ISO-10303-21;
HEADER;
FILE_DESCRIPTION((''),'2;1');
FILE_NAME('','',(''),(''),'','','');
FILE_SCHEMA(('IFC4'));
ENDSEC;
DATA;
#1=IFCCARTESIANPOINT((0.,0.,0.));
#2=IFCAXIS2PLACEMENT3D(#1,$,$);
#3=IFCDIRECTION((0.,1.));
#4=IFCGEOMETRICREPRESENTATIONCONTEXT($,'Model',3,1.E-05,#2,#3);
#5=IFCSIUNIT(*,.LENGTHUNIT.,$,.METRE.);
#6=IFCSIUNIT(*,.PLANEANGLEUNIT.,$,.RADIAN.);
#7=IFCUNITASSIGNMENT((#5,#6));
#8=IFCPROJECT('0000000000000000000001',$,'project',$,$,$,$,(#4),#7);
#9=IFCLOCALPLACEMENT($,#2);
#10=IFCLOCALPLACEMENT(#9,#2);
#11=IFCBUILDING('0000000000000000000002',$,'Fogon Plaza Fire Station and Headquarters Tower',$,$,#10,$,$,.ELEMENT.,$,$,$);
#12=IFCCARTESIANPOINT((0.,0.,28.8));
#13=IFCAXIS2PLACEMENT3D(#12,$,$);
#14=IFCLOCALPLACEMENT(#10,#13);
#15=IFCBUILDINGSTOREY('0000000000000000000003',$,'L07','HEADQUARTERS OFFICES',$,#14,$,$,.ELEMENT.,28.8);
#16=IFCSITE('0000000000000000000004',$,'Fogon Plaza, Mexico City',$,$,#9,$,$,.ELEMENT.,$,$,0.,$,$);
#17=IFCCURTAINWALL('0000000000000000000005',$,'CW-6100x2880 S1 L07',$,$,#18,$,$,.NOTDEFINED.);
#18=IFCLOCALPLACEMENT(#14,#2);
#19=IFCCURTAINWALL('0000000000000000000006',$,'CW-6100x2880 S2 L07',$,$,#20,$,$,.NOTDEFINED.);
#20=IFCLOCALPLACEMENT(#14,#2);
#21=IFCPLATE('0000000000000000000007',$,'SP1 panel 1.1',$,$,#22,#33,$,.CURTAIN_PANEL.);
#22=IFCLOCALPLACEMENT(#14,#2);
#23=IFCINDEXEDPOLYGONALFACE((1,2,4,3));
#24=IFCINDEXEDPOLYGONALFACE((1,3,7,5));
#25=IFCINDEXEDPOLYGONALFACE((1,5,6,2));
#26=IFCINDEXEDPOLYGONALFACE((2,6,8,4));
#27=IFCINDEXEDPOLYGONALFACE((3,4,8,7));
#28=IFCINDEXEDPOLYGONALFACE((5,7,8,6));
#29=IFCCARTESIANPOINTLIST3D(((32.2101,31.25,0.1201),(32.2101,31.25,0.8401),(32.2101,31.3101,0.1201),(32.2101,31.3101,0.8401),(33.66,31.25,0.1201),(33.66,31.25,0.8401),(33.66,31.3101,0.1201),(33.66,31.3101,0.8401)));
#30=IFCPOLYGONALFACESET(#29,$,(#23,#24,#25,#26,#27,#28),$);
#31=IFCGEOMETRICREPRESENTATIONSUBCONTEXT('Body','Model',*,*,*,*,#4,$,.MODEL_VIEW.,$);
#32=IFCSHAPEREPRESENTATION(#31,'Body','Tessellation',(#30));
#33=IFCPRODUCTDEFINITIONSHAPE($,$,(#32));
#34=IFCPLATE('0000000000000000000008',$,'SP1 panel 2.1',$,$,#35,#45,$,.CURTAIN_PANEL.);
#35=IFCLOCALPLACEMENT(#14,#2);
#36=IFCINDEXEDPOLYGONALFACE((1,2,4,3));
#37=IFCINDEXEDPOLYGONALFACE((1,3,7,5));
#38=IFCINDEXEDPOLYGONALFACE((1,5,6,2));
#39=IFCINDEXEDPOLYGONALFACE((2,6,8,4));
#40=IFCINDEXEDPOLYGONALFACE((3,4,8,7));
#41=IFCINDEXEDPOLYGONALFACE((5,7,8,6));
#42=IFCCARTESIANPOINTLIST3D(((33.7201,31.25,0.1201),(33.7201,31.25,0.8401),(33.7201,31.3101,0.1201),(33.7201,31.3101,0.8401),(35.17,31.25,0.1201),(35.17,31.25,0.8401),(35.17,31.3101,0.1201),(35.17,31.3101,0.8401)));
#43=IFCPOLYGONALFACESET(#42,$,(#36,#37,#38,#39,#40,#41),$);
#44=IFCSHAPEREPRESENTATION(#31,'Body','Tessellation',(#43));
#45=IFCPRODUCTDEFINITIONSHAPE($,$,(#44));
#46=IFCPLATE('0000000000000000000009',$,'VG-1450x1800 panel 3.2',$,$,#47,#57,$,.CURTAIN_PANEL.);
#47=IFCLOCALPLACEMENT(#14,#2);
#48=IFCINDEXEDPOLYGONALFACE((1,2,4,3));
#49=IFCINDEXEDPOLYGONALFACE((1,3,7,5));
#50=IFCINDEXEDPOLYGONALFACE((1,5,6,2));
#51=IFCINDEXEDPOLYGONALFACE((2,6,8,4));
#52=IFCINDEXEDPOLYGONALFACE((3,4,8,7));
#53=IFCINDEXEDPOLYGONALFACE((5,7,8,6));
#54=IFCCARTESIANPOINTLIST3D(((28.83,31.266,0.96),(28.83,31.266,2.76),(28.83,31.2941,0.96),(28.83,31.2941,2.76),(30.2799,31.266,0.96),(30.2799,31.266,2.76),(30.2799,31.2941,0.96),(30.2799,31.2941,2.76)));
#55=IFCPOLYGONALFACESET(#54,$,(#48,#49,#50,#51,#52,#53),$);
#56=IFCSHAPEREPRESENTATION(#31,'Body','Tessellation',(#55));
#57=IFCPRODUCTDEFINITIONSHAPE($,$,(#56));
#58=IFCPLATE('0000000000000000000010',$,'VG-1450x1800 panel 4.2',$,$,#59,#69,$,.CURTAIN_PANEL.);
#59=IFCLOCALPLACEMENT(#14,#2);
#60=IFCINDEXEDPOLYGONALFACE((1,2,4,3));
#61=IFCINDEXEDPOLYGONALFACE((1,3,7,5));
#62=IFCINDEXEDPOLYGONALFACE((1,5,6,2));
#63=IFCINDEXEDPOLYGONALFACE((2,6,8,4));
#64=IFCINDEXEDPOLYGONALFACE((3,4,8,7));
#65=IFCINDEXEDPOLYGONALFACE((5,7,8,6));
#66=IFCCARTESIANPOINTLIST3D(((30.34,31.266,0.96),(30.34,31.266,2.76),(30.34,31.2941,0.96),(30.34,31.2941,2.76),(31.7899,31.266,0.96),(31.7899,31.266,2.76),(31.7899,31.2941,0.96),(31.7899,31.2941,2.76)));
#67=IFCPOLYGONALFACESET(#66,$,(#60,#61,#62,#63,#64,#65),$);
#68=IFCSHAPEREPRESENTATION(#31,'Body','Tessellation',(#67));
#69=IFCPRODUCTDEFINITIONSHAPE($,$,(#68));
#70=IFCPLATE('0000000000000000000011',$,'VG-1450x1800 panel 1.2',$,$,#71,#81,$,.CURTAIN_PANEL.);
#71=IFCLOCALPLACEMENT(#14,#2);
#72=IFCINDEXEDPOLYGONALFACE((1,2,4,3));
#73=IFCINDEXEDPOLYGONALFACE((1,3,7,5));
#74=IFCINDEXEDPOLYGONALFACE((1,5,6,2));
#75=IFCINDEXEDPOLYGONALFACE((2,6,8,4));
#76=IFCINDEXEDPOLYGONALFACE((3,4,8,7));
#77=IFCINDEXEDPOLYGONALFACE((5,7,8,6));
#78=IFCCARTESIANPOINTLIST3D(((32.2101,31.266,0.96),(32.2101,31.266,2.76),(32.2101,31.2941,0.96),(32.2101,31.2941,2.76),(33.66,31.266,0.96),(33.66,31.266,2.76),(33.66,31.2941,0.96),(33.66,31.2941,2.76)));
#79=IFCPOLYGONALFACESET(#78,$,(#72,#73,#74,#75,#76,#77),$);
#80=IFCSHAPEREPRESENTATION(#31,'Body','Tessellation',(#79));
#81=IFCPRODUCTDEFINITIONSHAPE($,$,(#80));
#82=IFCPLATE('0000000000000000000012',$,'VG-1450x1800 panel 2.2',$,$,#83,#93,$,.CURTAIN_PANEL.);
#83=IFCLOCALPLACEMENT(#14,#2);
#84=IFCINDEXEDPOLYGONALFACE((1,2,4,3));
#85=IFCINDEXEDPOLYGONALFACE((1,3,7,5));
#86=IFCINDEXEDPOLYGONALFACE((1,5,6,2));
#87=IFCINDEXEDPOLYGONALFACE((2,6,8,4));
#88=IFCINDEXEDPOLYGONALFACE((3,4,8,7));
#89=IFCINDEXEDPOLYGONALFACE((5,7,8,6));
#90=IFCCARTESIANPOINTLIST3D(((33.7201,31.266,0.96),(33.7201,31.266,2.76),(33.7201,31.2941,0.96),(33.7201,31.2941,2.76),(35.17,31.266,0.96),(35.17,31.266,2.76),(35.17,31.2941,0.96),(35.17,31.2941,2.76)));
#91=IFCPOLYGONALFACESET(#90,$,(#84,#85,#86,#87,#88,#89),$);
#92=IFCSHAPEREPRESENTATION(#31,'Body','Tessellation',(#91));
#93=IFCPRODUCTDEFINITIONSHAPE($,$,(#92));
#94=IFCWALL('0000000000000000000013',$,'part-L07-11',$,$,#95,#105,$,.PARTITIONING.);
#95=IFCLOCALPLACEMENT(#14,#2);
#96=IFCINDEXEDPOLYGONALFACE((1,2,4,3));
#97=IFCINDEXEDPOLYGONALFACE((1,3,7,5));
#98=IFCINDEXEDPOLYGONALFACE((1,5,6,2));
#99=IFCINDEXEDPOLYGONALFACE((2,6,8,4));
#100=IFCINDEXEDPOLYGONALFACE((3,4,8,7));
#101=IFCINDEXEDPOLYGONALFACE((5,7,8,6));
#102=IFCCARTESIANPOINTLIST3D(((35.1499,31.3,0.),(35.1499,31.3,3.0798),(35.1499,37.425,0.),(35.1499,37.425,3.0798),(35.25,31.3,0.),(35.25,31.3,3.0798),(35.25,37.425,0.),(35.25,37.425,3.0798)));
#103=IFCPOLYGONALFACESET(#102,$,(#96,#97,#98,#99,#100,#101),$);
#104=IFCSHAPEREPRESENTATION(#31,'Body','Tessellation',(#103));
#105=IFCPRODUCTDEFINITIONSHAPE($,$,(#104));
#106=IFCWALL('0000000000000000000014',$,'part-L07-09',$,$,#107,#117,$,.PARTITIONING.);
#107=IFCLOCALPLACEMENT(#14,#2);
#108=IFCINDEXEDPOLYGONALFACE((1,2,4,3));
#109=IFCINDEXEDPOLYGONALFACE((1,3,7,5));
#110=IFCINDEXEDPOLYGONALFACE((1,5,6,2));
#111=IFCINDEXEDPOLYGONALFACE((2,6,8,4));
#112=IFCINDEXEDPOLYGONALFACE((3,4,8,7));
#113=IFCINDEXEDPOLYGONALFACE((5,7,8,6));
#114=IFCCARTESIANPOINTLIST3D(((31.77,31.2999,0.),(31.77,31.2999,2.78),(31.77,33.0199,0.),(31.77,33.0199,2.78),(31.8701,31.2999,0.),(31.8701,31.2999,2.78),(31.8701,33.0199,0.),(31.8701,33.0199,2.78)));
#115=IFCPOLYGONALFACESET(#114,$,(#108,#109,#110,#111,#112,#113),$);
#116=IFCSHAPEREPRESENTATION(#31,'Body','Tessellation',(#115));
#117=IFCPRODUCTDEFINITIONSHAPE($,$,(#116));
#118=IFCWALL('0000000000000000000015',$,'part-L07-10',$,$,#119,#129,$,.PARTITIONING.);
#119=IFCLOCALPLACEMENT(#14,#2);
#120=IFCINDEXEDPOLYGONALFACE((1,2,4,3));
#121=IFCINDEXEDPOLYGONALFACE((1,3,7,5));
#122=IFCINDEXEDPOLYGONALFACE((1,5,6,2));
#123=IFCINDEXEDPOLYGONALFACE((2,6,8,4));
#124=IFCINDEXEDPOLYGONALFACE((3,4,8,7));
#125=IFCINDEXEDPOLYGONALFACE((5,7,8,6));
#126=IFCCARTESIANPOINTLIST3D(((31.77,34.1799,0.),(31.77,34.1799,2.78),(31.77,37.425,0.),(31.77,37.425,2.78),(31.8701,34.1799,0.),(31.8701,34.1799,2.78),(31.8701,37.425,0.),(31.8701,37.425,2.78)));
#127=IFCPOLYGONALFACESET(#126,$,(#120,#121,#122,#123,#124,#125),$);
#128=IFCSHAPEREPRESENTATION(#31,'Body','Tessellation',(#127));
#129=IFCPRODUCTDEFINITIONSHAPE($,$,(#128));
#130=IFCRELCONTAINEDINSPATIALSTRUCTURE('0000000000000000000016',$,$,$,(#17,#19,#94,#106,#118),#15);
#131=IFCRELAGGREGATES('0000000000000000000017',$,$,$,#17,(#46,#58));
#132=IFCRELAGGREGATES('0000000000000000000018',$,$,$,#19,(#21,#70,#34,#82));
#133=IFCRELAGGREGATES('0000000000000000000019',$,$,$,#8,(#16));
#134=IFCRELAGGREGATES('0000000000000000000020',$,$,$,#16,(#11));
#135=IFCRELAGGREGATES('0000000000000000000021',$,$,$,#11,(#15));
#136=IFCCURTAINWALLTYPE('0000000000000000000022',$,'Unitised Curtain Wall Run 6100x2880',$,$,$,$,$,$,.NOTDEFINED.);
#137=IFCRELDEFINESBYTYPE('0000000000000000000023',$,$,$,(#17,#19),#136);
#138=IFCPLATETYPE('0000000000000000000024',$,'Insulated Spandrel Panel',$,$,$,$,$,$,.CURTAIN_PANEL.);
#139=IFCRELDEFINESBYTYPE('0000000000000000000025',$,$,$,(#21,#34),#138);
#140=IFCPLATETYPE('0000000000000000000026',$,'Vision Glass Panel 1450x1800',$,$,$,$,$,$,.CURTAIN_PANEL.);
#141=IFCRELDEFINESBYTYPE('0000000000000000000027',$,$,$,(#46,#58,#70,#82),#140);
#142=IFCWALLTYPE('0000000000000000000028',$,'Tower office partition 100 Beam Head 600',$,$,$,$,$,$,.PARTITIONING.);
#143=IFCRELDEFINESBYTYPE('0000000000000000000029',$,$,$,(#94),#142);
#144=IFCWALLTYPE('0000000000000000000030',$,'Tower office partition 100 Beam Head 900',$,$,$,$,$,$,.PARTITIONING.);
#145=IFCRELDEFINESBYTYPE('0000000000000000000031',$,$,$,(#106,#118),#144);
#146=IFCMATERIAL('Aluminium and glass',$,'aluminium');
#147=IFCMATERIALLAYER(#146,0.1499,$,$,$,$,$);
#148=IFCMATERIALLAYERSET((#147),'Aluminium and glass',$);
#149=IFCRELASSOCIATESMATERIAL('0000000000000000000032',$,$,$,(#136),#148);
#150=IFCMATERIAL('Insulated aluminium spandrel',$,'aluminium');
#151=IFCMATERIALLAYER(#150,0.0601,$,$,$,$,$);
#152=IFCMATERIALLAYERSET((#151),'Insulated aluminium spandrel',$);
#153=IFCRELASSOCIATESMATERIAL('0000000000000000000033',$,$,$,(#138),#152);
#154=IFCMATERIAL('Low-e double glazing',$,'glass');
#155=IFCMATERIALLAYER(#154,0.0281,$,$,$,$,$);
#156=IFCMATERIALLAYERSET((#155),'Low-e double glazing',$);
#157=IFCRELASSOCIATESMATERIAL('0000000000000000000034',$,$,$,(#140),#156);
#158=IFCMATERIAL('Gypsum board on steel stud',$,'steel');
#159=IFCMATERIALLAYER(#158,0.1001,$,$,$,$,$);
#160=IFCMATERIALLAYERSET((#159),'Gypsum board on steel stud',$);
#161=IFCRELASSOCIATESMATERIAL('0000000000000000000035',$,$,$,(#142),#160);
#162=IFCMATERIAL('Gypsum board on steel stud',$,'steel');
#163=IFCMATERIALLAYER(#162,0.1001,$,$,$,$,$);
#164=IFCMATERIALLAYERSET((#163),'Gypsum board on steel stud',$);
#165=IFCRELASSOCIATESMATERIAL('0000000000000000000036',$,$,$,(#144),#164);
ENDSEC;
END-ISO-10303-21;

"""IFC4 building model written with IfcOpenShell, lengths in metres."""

from ifc_helpers import new_model, si_unit, direction, frame, frame_2d, origin, origin_2d, place, context, subcontext, project, spatial, rectangle, extrude, material, layer, layer_set, type_object, element, aggregate, save


model = new_model("IFC4")

# Units and contexts
model_context = context("Model", 3, precision=1e-05, world=origin(), true_north=direction((0.0, 1.0)))
body_context = subcontext(model_context, "Body", "Model", "MODEL_VIEW")
ifc_project = project(units=[si_unit("LENGTHUNIT", "METRE"), si_unit("PLANEANGLEUNIT", "RADIAN")], contexts=[model_context])

# Site, building, storey
site_placement = place(None, origin())
site = spatial("IfcSite", under=ifc_project, at=site_placement, Name="Fogon Plaza, Mexico City", CompositionType="ELEMENT", RefElevation=0.0)
building_placement = place(site_placement, origin())
building = spatial("IfcBuilding", under=site, at=building_placement, Name="Fogon Plaza Fire Station and Headquarters Tower", CompositionType="ELEMENT")
storey_placement = place(building_placement, frame((0.0, 0.0, 28.8)))
storey = spatial("IfcBuildingStorey", under=building, at=storey_placement, Name="L07", Description="HEADQUARTERS OFFICES", CompositionType="ELEMENT", Elevation=28.8)

# Curtain walls
ifc_material_1 = material(Name="Aluminium and glass", Category="aluminium")
ifc_layer_1 = layer(ifc_material_1, 0.1499)
ifc_layer_set_1 = layer_set([ifc_layer_1], Name="Aluminium and glass")
curtain_wall_type = type_object("IfcCurtainWallType", Name="Unitised Curtain Wall Run 6100x2880", PredefinedType="NOTDEFINED", material=ifc_layer_set_1)
curtain_wall_1_placement = place(storey_placement, origin())
curtain_wall_1 = element("IfcCurtainWall", 1, at=curtain_wall_1_placement, inside=storey, type_object=curtain_wall_type, Name="CW-6100x2880 S1 L07", PredefinedType="NOTDEFINED")
curtain_wall_2_placement = place(storey_placement, origin())
curtain_wall_2 = element("IfcCurtainWall", 2, at=curtain_wall_2_placement, inside=storey, type_object=curtain_wall_type, Name="CW-6100x2880 S2 L07", PredefinedType="NOTDEFINED")

# Plates
ifc_material_2 = material(Name="Insulated aluminium spandrel", Category="aluminium")
ifc_layer_2 = layer(ifc_material_2, 0.0601)
ifc_layer_set_2 = layer_set([ifc_layer_2], Name="Insulated aluminium spandrel")
plate_type_1 = type_object("IfcPlateType", Name="Insulated Spandrel Panel", PredefinedType="CURTAIN_PANEL", material=ifc_layer_set_2)
plate_1_placement = place(storey_placement, frame((32.9351, 31.28, 0.1201), z_axis=(0.0, 0.0, 1.0), x_axis=(1.0, 0.0, 0.0)))
plate_1 = element("IfcPlate", 3, at=plate_1_placement, type_object=plate_type_1, Name="SP1 panel 1.1", PredefinedType="CURTAIN_PANEL", context=body_context, shape_type="SweptSolid", body=[
    extrude(rectangle(XDim=1.45, YDim=0.0601, at=origin_2d()), origin(), (0.0, 0.0, 1.0), 0.72),
])
plate_2_placement = place(storey_placement, frame((34.4451, 31.28, 0.1201), z_axis=(0.0, 0.0, 1.0), x_axis=(1.0, 0.0, 0.0)))
plate_2 = element("IfcPlate", 4, at=plate_2_placement, type_object=plate_type_1, Name="SP1 panel 2.1", PredefinedType="CURTAIN_PANEL", context=body_context, shape_type="SweptSolid", body=[
    extrude(rectangle(XDim=1.45, YDim=0.0601, at=origin_2d()), origin(), (0.0, 0.0, 1.0), 0.72),
])
ifc_material_3 = material(Name="Low-e double glazing", Category="glass")
ifc_layer_3 = layer(ifc_material_3, 0.0281)
ifc_layer_set_3 = layer_set([ifc_layer_3], Name="Low-e double glazing")
plate_type_2 = type_object("IfcPlateType", Name="Vision Glass Panel 1450x1800", PredefinedType="CURTAIN_PANEL", material=ifc_layer_set_3)
plate_3_placement = place(storey_placement, frame((29.5549, 31.28, 0.96), z_axis=(0.0, 0.0, 1.0), x_axis=(1.0, 0.0, 0.0)))
plate_3 = element("IfcPlate", 5, at=plate_3_placement, type_object=plate_type_2, Name="VG-1450x1800 panel 3.2", PredefinedType="CURTAIN_PANEL", context=body_context, shape_type="SweptSolid", body=[
    extrude(rectangle(XDim=1.45, YDim=0.0281, at=origin_2d()), origin(), (0.0, 0.0, 1.0), 1.8),
])
plate_4_placement = place(storey_placement, frame((31.0649, 31.28, 0.96), z_axis=(0.0, 0.0, 1.0), x_axis=(1.0, 0.0, 0.0)))
plate_4 = element("IfcPlate", 6, at=plate_4_placement, type_object=plate_type_2, Name="VG-1450x1800 panel 4.2", PredefinedType="CURTAIN_PANEL", context=body_context, shape_type="SweptSolid", body=[
    extrude(rectangle(XDim=1.45, YDim=0.0281, at=origin_2d()), origin(), (0.0, 0.0, 1.0), 1.8),
])
aggregate(curtain_wall_1, [plate_3, plate_4])
plate_5_placement = place(storey_placement, frame((32.9351, 31.28, 0.96), z_axis=(0.0, 0.0, 1.0), x_axis=(1.0, 0.0, 0.0)))
plate_5 = element("IfcPlate", 7, at=plate_5_placement, type_object=plate_type_2, Name="VG-1450x1800 panel 1.2", PredefinedType="CURTAIN_PANEL", context=body_context, shape_type="SweptSolid", body=[
    extrude(rectangle(XDim=1.45, YDim=0.0281, at=origin_2d()), origin(), (0.0, 0.0, 1.0), 1.8),
])
plate_6_placement = place(storey_placement, frame((34.4451, 31.28, 0.96), z_axis=(0.0, 0.0, 1.0), x_axis=(1.0, 0.0, 0.0)))
plate_6 = element("IfcPlate", 8, at=plate_6_placement, type_object=plate_type_2, Name="VG-1450x1800 panel 2.2", PredefinedType="CURTAIN_PANEL", context=body_context, shape_type="SweptSolid", body=[
    extrude(rectangle(XDim=1.45, YDim=0.0281, at=origin_2d()), origin(), (0.0, 0.0, 1.0), 1.8),
])
aggregate(curtain_wall_2, [plate_1, plate_5, plate_2, plate_6])

# Walls
ifc_material_4 = material(Name="Gypsum board on steel stud", Category="steel")
ifc_layer_4 = layer(ifc_material_4, 0.1001)
ifc_layer_set_4 = layer_set([ifc_layer_4], Name="Gypsum board on steel stud")
wall_type_1 = type_object("IfcWallType", Name="Tower office partition 100 Beam Head 600", PredefinedType="PARTITIONING", material=ifc_layer_set_4)
wall_1_placement = place(storey_placement, frame((35.2, 31.3, 0.0), z_axis=(0.0, 0.0, 1.0), x_axis=(0.0, 1.0, 0.0)))
element("IfcWall", 9, at=wall_1_placement, inside=storey, type_object=wall_type_1, Name="part-L07-11", PredefinedType="PARTITIONING", context=body_context, shape_type="SweptSolid", body=[
    extrude(rectangle(XDim=6.125, YDim=0.1001, at=frame_2d((3.0625, 0.0))), origin(), (0.0, 0.0, 1.0), 3.0798),
])
ifc_material_5 = material(Name="Gypsum board on steel stud", Category="steel")
ifc_layer_5 = layer(ifc_material_5, 0.1001)
ifc_layer_set_5 = layer_set([ifc_layer_5], Name="Gypsum board on steel stud")
wall_type_2 = type_object("IfcWallType", Name="Tower office partition 100 Beam Head 900", PredefinedType="PARTITIONING", material=ifc_layer_set_5)
wall_2_placement = place(storey_placement, frame((31.8201, 31.3, 0.0), z_axis=(0.0, 0.0, 1.0), x_axis=(0.0, 1.0, 0.0)))
element("IfcWall", 10, at=wall_2_placement, inside=storey, type_object=wall_type_2, Name="part-L07-09", PredefinedType="PARTITIONING", context=body_context, shape_type="SweptSolid", body=[
    extrude(rectangle(XDim=1.72, YDim=0.1001, at=frame_2d((0.8599, 0.0))), origin(), (0.0, 0.0, 1.0), 2.78),
])
wall_3_placement = place(storey_placement, frame((31.8201, 34.1799, 0.0), z_axis=(0.0, 0.0, 1.0), x_axis=(0.0, 1.0, 0.0)))
element("IfcWall", 11, at=wall_3_placement, inside=storey, type_object=wall_type_2, Name="part-L07-10", PredefinedType="PARTITIONING", context=body_context, shape_type="SweptSolid", body=[
    extrude(rectangle(XDim=3.2451, YDim=0.1001, at=frame_2d((1.6226, 0.0))), origin(), (0.0, 0.0, 1.0), 2.78),
])

save(model, "model.ifc")
